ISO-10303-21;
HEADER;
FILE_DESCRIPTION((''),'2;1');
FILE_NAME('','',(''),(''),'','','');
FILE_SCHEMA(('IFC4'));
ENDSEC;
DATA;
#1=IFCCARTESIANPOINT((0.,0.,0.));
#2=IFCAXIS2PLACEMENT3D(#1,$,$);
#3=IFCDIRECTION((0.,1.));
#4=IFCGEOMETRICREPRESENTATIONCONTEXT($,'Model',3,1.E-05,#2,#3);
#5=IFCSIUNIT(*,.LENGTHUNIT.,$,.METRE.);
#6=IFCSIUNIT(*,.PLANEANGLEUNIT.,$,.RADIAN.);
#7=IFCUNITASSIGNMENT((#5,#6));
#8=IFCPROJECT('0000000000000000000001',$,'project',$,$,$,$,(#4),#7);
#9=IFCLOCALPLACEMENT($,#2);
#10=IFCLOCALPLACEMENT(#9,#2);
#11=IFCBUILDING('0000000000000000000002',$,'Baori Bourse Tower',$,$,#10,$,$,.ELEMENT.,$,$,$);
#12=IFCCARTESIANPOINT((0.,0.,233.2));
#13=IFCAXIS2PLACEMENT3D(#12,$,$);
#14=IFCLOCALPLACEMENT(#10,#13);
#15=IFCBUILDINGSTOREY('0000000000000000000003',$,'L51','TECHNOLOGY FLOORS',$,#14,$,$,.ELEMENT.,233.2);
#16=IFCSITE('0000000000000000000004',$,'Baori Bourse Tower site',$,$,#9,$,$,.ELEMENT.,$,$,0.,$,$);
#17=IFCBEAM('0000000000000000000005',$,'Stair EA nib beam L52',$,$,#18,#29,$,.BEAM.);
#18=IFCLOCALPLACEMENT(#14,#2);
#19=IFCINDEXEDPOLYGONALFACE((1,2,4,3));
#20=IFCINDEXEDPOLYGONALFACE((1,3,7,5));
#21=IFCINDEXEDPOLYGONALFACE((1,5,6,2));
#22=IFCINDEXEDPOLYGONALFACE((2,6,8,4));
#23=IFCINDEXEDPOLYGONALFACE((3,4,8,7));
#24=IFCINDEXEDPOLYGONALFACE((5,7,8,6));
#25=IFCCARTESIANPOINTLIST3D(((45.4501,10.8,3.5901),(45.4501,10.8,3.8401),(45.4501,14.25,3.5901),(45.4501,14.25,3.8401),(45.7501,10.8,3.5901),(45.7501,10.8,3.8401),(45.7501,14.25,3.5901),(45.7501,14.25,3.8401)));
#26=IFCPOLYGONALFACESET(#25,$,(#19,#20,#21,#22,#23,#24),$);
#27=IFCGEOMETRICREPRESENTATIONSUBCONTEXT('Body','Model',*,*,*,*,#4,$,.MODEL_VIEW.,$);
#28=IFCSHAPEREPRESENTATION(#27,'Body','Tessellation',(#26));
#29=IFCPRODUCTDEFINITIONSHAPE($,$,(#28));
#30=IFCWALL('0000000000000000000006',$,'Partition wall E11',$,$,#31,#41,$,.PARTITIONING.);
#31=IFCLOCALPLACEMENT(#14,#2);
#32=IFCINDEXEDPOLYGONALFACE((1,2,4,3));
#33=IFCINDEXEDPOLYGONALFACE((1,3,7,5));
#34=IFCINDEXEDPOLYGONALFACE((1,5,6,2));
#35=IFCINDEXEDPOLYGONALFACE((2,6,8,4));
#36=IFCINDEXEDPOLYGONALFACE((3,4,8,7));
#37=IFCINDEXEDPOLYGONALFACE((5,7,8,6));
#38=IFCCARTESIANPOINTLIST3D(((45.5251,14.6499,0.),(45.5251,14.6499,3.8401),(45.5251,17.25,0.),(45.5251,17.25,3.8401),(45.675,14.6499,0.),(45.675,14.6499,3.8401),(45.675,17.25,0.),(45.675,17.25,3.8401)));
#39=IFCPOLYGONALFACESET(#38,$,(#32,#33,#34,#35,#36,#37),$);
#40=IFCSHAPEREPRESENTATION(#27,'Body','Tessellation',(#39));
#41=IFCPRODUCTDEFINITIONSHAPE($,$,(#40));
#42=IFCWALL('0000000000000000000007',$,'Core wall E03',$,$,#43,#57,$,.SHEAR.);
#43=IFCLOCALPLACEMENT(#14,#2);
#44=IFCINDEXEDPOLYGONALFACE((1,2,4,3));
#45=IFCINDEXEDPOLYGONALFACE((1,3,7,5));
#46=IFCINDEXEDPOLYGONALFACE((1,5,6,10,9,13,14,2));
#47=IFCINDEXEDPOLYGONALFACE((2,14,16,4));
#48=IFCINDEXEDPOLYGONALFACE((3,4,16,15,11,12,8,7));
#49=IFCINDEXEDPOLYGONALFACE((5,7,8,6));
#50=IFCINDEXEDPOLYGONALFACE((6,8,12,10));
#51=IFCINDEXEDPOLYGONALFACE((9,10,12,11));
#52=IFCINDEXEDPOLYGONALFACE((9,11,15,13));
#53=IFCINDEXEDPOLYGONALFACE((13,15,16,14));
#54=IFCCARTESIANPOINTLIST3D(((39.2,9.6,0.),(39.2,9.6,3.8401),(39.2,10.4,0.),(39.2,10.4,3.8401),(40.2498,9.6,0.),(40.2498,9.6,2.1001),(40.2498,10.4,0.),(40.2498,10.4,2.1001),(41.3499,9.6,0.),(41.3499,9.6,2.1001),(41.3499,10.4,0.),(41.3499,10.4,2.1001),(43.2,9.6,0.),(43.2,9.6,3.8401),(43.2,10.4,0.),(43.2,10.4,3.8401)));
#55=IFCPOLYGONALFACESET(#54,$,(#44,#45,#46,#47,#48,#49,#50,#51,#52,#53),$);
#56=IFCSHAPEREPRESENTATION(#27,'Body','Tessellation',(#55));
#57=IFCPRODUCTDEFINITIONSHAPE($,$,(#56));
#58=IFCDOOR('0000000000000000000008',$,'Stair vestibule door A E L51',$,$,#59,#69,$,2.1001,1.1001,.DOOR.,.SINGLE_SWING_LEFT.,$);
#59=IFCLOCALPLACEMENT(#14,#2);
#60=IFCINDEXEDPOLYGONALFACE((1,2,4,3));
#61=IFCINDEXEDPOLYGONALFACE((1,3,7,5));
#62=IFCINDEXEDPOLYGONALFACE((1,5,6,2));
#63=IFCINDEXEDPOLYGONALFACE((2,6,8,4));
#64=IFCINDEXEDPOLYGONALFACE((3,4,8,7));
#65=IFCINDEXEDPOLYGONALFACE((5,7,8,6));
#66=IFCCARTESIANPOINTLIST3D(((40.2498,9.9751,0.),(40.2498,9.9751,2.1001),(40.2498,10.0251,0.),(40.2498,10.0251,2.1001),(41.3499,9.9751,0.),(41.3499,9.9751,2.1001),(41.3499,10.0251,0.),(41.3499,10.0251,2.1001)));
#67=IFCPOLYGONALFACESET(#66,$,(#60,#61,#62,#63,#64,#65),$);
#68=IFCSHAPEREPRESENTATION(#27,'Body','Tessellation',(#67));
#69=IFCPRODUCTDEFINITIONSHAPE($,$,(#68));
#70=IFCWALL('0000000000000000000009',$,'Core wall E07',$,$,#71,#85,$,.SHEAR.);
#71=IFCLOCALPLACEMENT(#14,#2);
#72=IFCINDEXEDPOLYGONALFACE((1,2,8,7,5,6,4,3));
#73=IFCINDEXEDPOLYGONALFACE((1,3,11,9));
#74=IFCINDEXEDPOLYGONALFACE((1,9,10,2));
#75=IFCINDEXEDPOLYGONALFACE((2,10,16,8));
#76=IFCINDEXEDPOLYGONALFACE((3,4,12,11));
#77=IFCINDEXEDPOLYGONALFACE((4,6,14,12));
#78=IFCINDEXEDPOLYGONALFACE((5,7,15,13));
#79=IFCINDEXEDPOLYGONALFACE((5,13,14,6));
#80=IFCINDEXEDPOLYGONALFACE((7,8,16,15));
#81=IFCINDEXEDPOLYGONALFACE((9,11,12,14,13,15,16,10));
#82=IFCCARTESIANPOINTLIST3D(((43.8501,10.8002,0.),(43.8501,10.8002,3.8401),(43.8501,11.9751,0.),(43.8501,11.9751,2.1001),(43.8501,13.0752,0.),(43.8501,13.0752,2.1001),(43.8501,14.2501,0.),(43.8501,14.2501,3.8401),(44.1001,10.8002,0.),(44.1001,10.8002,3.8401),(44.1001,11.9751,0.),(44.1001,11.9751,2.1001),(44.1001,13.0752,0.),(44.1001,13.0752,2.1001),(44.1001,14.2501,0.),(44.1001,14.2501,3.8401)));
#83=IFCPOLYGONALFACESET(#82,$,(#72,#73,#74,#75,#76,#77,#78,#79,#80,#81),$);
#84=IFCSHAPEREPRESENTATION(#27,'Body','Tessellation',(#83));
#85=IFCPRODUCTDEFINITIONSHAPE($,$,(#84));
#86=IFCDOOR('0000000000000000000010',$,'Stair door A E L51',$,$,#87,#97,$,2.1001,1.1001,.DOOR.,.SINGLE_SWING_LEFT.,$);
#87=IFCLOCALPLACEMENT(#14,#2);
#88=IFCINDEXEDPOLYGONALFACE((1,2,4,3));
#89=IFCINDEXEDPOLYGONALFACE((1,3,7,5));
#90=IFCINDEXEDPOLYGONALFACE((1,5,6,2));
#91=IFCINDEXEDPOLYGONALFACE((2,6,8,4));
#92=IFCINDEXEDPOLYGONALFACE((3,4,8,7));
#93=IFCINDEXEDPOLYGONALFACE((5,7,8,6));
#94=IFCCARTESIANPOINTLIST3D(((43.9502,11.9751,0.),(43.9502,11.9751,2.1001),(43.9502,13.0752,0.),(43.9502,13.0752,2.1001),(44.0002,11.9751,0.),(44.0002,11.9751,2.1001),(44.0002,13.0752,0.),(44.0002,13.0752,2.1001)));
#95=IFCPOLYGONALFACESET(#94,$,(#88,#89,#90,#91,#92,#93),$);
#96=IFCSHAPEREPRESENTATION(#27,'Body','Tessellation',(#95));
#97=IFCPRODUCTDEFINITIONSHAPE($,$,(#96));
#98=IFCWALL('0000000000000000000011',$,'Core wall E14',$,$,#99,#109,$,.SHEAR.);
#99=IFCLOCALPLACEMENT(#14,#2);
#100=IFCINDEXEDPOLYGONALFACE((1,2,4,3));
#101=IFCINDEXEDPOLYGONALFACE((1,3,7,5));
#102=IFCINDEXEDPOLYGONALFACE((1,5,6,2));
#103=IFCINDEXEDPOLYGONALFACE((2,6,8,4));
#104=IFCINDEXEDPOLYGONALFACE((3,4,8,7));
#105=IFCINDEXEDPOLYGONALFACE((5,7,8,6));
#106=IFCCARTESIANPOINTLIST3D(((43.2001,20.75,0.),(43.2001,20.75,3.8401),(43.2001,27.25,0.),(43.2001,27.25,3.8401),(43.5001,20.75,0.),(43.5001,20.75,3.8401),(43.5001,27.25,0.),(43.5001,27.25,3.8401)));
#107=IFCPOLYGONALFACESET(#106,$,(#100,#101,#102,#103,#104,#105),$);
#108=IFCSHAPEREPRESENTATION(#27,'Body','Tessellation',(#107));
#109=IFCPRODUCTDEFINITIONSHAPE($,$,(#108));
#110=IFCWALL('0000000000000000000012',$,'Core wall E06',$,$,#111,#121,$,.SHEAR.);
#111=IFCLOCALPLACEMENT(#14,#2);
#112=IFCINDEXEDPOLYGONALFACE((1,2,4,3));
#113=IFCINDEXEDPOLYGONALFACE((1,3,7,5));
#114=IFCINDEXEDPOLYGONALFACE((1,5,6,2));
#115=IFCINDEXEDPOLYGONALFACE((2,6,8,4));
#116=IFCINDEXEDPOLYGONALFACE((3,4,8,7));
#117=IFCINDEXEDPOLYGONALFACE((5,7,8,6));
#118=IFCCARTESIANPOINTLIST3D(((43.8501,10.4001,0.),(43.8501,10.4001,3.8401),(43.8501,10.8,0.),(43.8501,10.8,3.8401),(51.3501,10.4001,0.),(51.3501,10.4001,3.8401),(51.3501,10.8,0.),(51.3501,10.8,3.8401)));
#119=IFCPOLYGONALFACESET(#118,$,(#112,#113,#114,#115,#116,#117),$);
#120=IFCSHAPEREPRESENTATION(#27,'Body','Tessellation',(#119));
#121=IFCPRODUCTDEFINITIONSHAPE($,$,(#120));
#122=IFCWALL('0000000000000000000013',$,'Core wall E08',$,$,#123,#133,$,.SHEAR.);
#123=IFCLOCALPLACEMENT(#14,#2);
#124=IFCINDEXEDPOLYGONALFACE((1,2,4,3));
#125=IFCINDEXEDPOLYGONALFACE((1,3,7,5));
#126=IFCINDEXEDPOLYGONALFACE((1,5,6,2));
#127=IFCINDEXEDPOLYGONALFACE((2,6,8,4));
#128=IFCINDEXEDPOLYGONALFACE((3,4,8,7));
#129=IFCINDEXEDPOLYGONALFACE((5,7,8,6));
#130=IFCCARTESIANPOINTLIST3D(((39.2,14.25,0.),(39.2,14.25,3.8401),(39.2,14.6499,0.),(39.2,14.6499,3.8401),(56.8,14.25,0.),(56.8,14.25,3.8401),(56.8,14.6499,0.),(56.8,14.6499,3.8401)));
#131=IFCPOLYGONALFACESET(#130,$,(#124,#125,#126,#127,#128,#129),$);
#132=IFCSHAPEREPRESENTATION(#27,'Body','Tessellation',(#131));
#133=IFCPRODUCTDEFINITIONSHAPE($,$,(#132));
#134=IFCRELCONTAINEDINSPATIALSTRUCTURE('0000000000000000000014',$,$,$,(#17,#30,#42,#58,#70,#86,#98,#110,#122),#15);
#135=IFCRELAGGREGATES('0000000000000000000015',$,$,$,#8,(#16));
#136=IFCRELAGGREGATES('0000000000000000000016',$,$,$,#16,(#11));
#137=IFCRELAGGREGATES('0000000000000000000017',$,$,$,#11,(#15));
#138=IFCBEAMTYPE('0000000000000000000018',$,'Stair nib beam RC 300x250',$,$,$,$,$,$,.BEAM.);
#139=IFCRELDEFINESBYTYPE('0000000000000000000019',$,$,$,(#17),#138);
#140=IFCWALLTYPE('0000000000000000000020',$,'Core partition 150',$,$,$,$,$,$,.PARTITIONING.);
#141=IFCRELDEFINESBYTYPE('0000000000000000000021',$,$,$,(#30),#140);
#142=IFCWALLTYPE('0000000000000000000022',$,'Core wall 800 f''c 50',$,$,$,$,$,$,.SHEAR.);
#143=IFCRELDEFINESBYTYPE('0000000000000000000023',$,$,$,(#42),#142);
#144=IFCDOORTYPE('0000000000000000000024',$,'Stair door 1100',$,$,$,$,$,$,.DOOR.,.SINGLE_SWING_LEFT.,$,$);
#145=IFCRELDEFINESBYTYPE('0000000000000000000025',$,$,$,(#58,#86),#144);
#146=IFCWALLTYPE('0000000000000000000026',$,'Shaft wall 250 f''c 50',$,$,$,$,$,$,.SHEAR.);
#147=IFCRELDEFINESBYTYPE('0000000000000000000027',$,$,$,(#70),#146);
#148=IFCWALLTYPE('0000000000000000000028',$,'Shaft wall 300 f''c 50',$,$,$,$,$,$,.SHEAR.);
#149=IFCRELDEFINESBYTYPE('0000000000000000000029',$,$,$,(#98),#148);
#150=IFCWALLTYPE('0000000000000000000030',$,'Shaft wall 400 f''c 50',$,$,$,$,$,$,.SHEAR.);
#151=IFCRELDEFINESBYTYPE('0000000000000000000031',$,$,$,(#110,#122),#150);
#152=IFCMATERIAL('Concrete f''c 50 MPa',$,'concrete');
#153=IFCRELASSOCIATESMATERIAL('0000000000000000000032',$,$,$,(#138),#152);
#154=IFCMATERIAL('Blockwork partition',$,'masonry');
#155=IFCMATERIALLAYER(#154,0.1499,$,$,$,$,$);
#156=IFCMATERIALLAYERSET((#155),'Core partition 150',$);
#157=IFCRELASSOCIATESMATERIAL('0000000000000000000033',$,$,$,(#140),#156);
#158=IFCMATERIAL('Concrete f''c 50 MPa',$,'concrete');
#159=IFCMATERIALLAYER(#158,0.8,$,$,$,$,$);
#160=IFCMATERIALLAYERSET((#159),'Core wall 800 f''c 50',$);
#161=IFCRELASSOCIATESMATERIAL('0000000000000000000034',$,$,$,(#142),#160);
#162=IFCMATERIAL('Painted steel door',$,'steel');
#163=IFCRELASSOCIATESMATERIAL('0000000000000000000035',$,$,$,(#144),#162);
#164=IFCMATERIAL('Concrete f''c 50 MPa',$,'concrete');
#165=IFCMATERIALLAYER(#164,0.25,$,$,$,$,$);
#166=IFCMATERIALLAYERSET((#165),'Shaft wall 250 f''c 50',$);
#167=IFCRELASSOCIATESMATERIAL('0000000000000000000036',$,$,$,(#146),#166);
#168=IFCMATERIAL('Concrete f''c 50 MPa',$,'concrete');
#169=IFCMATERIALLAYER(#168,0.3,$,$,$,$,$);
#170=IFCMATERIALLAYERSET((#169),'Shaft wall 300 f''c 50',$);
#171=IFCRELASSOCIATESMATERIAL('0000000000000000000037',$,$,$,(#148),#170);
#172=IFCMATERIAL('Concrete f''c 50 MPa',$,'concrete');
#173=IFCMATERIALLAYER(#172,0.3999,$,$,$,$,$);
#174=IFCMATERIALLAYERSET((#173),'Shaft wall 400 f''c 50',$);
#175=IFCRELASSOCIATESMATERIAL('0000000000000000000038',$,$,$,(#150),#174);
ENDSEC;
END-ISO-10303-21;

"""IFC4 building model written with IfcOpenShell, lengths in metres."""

from ifc_helpers import new_model, si_unit, direction, frame, frame_2d, origin, origin_2d, place, context, subcontext, project, spatial, rectangle, extrude, material, layer, layer_set, material_profile, profile_set, type_object, element, fill, save


model = new_model("IFC4")

# Units and contexts
model_context = context("Model", 3, precision=1e-05, world=origin(), true_north=direction((0.0, 1.0)))
body_context = subcontext(model_context, "Body", "Model", "MODEL_VIEW")
ifc_project = project(units=[si_unit("LENGTHUNIT", "METRE"), si_unit("PLANEANGLEUNIT", "RADIAN")], contexts=[model_context])

# Site, building, storey
site_placement = place(None, origin())
site = spatial("IfcSite", under=ifc_project, at=site_placement, Name="Baori Bourse Tower site", CompositionType="ELEMENT", RefElevation=0.0)
building_placement = place(site_placement, origin())
building = spatial("IfcBuilding", under=site, at=building_placement, Name="Baori Bourse Tower", CompositionType="ELEMENT")
storey_placement = place(building_placement, frame((0.0, 0.0, 233.2)))
storey = spatial("IfcBuildingStorey", under=building, at=storey_placement, Name="L51", Description="TECHNOLOGY FLOORS", CompositionType="ELEMENT", Elevation=233.2)

# Beam
ifc_material_1 = material(Name="Concrete f'c 50 MPa", Category="concrete")
ifc_material_profile = material_profile(ifc_material_1, rectangle(XDim=0.3, YDim=0.25, at=origin_2d()), Name="RC 300x250")
ifc_profile_set = profile_set([ifc_material_profile], Name="Concrete f'c 50 MPa")
beam_type = type_object("IfcBeamType", Name="Stair nib beam RC 300x250", PredefinedType="BEAM", material=ifc_profile_set)
beam_placement = place(storey_placement, frame((45.6001, 10.8, 3.7151), z_axis=(0.0, 1.0, 0.0), x_axis=(-1.0, 0.0, 0.0)))
element("IfcBeam", 1, at=beam_placement, inside=storey, type_object=beam_type, Name="Stair EA nib beam L52", PredefinedType="BEAM", context=body_context, shape_type="SweptSolid", body=[
    extrude(rectangle(XDim=0.3, YDim=0.25, at=origin_2d()), origin(), (0.0, 0.0, 1.0), 3.45),
])

# Wall
ifc_material_2 = material(Name="Blockwork partition", Category="masonry")
ifc_layer_1 = layer(ifc_material_2, 0.1499)
ifc_layer_set_1 = layer_set([ifc_layer_1], Name="Core partition 150")
wall_type_1 = type_object("IfcWallType", Name="Core partition 150", PredefinedType="PARTITIONING", material=ifc_layer_set_1)
wall_1_placement = place(storey_placement, frame((45.6001, 14.6499, 0.0), z_axis=(0.0, 0.0, 1.0), x_axis=(0.0, 1.0, 0.0)))
element("IfcWall", 2, at=wall_1_placement, inside=storey, type_object=wall_type_1, Name="Partition wall E11", PredefinedType="PARTITIONING", context=body_context, shape_type="SweptSolid", body=[
    extrude(rectangle(XDim=2.6001, YDim=0.1499, at=frame_2d((1.3, 0.0))), origin(), (0.0, 0.0, 1.0), 3.8401),
])

# Walls, openings, doors
ifc_material_3 = material(Name="Concrete f'c 50 MPa", Category="concrete")
ifc_layer_2 = layer(ifc_material_3, 0.8)
ifc_layer_set_2 = layer_set([ifc_layer_2], Name="Core wall 800 f'c 50")
wall_type_2 = type_object("IfcWallType", Name="Core wall 800 f'c 50", PredefinedType="SHEAR", material=ifc_layer_set_2)
wall_2_placement = place(storey_placement, frame((43.2, 10.0, 0.0), z_axis=(0.0, 0.0, 1.0), x_axis=(-1.0, 0.0, 0.0)))
wall_2 = element("IfcWall", 3, at=wall_2_placement, inside=storey, type_object=wall_type_2, Name="Core wall E03", PredefinedType="SHEAR", context=body_context, shape_type="SweptSolid", body=[
    extrude(rectangle(XDim=4.0, YDim=0.8, at=frame_2d((2.0, 0.0))), origin(), (0.0, 0.0, 1.0), 3.8401),
])
opening_1_placement = place(wall_2_placement, frame((1.8501, 0.0, 0.0)))
opening_1 = element("IfcOpeningElement", 4, at=opening_1_placement, cuts=wall_2, PredefinedType="OPENING", context=body_context, shape_type="SweptSolid", body=[
    extrude(rectangle(XDim=1.1001, YDim=2.1001, at=frame_2d((0.55, 1.05))), frame((0.0, 0.4099, 0.0), z_axis=(0.0, -1.0, 0.0), x_axis=(1.0, 0.0, 0.0)), (0.0, 0.0, 1.0), 0.8201),
])
ifc_material_4 = material(Name="Painted steel door", Category="steel")
door_type_1 = type_object("IfcDoorType", Name="Stair door 1100", OperationType="SINGLE_SWING_LEFT", PredefinedType="DOOR", material=ifc_material_4)
door_1_placement = place(opening_1_placement, origin())
door_1 = element("IfcDoor", 5, at=door_1_placement, inside=storey, type_object=door_type_1, Name="Stair vestibule door A E L51", OperationType="SINGLE_SWING_LEFT", OverallHeight=2.1001, OverallWidth=1.1001, PredefinedType="DOOR", context=body_context, shape_type="SweptSolid", body=[
    extrude(rectangle(XDim=1.1001, YDim=2.1001, at=frame_2d((0.55, 1.05))), frame((0.0, 0.0249, 0.0), z_axis=(0.0, -1.0, 0.0), x_axis=(1.0, 0.0, 0.0)), (0.0, 0.0, 1.0), 0.05),
])
fill(opening_1, door_1)
ifc_material_5 = material(Name="Concrete f'c 50 MPa", Category="concrete")
ifc_layer_3 = layer(ifc_material_5, 0.25)
ifc_layer_set_3 = layer_set([ifc_layer_3], Name="Shaft wall 250 f'c 50")
wall_type_3 = type_object("IfcWallType", Name="Shaft wall 250 f'c 50", PredefinedType="SHEAR", material=ifc_layer_set_3)
wall_3_placement = place(storey_placement, frame((43.9751, 10.8, 0.0), z_axis=(0.0, 0.0, 1.0), x_axis=(0.0, 1.0, 0.0)))
wall_3 = element("IfcWall", 6, at=wall_3_placement, inside=storey, type_object=wall_type_3, Name="Core wall E07", PredefinedType="SHEAR", context=body_context, shape_type="SweptSolid", body=[
    extrude(rectangle(XDim=3.45, YDim=0.25, at=frame_2d((1.7251, 0.0))), origin(), (0.0, 0.0, 1.0), 3.8401),
])
opening_2_placement = place(wall_3_placement, frame((1.175, 0.0, 0.0)))
opening_2 = element("IfcOpeningElement", 7, at=opening_2_placement, cuts=wall_3, PredefinedType="OPENING", context=body_context, shape_type="SweptSolid", body=[
    extrude(rectangle(XDim=1.1001, YDim=2.1001, at=frame_2d((0.55, 1.05))), frame((0.0, 0.135, 0.0), z_axis=(0.0, -1.0, 0.0), x_axis=(1.0, 0.0, 0.0)), (0.0, 0.0, 1.0), 0.27),
])
door_2_placement = place(opening_2_placement, origin())
door_2 = element("IfcDoor", 8, at=door_2_placement, inside=storey, type_object=door_type_1, Name="Stair door A E L51", OperationType="SINGLE_SWING_LEFT", OverallHeight=2.1001, OverallWidth=1.1001, PredefinedType="DOOR", context=body_context, shape_type="SweptSolid", body=[
    extrude(rectangle(XDim=1.1001, YDim=2.1001, at=frame_2d((0.55, 1.05))), frame((0.0, 0.0249, 0.0), z_axis=(0.0, -1.0, 0.0), x_axis=(1.0, 0.0, 0.0)), (0.0, 0.0, 1.0), 0.05),
])
fill(opening_2, door_2)

# Walls
ifc_material_6 = material(Name="Concrete f'c 50 MPa", Category="concrete")
ifc_layer_4 = layer(ifc_material_6, 0.3)
ifc_layer_set_4 = layer_set([ifc_layer_4], Name="Shaft wall 300 f'c 50")
wall_type_4 = type_object("IfcWallType", Name="Shaft wall 300 f'c 50", PredefinedType="SHEAR", material=ifc_layer_set_4)
wall_4_placement = place(storey_placement, frame((43.3501, 20.75, 0.0), z_axis=(0.0, 0.0, 1.0), x_axis=(0.0, 1.0, 0.0)))
element("IfcWall", 9, at=wall_4_placement, inside=storey, type_object=wall_type_4, Name="Core wall E14", PredefinedType="SHEAR", context=body_context, shape_type="SweptSolid", body=[
    extrude(rectangle(XDim=6.5, YDim=0.3, at=frame_2d((3.25, 0.0))), origin(), (0.0, 0.0, 1.0), 3.8401),
])
ifc_material_7 = material(Name="Concrete f'c 50 MPa", Category="concrete")
ifc_layer_5 = layer(ifc_material_7, 0.3999)
ifc_layer_set_5 = layer_set([ifc_layer_5], Name="Shaft wall 400 f'c 50")
wall_type_5 = type_object("IfcWallType", Name="Shaft wall 400 f'c 50", PredefinedType="SHEAR", material=ifc_layer_set_5)
wall_5_placement = place(storey_placement, frame((43.8501, 10.6001, 0.0), z_axis=(0.0, 0.0, 1.0), x_axis=(1.0, 0.0, 0.0)))
element("IfcWall", 10, at=wall_5_placement, inside=storey, type_object=wall_type_5, Name="Core wall E06", PredefinedType="SHEAR", context=body_context, shape_type="SweptSolid", body=[
    extrude(rectangle(XDim=7.5, YDim=0.3999, at=frame_2d((3.75, 0.0))), origin(), (0.0, 0.0, 1.0), 3.8401),
])
wall_6_placement = place(storey_placement, frame((39.2, 14.45, 0.0), z_axis=(0.0, 0.0, 1.0), x_axis=(1.0, 0.0, 0.0)))
element("IfcWall", 11, at=wall_6_placement, inside=storey, type_object=wall_type_5, Name="Core wall E08", PredefinedType="SHEAR", context=body_context, shape_type="SweptSolid", body=[
    extrude(rectangle(XDim=17.6001, YDim=0.3999, at=frame_2d((8.8, 0.0))), origin(), (0.0, 0.0, 1.0), 3.8401),
])

save(model, "model.ifc")
